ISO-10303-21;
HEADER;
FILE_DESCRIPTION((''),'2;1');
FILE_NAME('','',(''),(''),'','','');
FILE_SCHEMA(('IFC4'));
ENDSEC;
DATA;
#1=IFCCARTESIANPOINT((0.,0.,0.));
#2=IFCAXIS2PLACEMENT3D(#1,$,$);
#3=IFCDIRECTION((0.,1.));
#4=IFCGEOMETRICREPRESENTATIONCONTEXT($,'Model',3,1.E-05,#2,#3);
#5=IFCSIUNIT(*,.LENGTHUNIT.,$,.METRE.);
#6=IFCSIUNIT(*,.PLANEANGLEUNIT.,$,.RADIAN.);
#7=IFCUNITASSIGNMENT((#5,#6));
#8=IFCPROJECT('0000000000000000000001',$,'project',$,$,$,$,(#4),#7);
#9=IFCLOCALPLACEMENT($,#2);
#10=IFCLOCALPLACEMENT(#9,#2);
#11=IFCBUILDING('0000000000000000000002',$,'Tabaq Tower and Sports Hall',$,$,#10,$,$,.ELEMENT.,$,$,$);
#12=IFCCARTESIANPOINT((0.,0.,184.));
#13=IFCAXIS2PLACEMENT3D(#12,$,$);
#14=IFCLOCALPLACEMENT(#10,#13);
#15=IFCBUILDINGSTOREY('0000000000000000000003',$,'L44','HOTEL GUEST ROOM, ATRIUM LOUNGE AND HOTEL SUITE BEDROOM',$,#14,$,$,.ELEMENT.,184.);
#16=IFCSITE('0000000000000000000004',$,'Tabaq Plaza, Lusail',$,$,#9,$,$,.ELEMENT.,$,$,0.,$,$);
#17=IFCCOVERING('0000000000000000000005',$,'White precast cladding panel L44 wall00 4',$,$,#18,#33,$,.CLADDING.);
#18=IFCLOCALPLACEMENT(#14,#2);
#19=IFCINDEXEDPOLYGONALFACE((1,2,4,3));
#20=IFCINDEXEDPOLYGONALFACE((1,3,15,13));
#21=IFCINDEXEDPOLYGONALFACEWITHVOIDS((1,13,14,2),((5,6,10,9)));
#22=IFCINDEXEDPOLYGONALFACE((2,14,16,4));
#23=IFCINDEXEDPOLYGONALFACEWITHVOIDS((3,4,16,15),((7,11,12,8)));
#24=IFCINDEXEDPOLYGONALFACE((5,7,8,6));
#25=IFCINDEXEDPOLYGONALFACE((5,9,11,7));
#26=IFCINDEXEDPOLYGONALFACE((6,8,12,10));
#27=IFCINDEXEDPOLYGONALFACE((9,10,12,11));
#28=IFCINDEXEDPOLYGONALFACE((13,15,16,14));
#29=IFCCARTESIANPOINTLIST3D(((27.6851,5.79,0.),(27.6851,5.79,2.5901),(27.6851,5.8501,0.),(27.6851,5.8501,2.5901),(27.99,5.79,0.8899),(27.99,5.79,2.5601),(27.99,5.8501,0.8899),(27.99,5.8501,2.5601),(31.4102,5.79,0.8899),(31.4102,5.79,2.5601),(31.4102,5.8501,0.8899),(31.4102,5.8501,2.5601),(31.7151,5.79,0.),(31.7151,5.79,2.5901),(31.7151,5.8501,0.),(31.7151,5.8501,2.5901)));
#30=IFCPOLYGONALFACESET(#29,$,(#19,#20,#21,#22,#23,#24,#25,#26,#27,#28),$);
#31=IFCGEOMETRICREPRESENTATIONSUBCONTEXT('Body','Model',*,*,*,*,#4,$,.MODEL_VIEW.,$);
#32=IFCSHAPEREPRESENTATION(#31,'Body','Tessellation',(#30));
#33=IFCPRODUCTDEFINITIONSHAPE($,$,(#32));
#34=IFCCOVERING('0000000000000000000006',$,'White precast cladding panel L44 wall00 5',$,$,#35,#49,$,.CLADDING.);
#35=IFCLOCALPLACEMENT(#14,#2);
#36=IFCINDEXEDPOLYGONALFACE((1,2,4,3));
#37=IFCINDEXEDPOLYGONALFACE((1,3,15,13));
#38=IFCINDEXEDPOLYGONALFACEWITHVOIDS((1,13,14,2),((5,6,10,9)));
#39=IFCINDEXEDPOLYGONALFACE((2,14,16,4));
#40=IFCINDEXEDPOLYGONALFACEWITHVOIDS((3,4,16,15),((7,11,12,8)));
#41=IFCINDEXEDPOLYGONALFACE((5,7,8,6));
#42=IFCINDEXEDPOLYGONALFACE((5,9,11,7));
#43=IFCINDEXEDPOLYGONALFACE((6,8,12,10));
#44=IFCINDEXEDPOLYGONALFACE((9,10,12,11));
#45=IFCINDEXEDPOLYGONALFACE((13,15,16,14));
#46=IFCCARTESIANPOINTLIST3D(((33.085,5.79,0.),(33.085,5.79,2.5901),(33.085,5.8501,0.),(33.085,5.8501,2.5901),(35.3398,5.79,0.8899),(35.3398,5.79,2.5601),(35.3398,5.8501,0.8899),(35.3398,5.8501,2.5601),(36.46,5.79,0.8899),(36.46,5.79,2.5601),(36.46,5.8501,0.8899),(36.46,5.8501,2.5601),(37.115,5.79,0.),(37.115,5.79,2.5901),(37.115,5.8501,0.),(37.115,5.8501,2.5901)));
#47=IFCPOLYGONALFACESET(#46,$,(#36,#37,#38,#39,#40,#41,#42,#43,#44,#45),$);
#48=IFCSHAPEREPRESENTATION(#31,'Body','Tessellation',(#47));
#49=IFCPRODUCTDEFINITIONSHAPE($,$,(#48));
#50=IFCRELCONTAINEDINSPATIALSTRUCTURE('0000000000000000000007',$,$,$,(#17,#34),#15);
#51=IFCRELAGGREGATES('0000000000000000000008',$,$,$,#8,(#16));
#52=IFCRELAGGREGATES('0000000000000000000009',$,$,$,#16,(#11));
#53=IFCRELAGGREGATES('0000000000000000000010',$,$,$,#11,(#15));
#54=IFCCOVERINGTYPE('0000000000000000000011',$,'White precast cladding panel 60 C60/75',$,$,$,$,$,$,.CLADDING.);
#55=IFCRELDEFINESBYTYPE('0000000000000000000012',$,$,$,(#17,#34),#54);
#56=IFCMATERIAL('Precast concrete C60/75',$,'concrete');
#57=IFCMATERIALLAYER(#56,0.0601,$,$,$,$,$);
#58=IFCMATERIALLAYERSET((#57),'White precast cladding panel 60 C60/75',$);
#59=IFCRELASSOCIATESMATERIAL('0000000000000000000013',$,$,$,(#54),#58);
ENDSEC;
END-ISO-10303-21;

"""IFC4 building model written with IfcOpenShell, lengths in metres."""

from ifc_helpers import new_model, si_unit, direction, frame, origin, place, context, subcontext, project, spatial, polyline, outline, extrude, material, layer, layer_set, type_object, element, save


model = new_model("IFC4")

# Units and contexts
model_context = context("Model", 3, precision=1e-05, world=origin(), true_north=direction((0.0, 1.0)))
body_context = subcontext(model_context, "Body", "Model", "MODEL_VIEW")
ifc_project = project(units=[si_unit("LENGTHUNIT", "METRE"), si_unit("PLANEANGLEUNIT", "RADIAN")], contexts=[model_context])

# Site, building, storey
site_placement = place(None, origin())
site = spatial("IfcSite", under=ifc_project, at=site_placement, Name="Tabaq Plaza, Lusail", CompositionType="ELEMENT", RefElevation=0.0)
building_placement = place(site_placement, origin())
building = spatial("IfcBuilding", under=site, at=building_placement, Name="Tabaq Tower and Sports Hall", CompositionType="ELEMENT")
storey_placement = place(building_placement, frame((0.0, 0.0, 184.0)))
storey = spatial("IfcBuildingStorey", under=building, at=storey_placement, Name="L44", Description="HOTEL GUEST ROOM, ATRIUM LOUNGE AND HOTEL SUITE BEDROOM", CompositionType="ELEMENT", Elevation=184.0)

# Coverings
ifc_material_1 = material(Name="Precast concrete C60/75", Category="concrete")
ifc_layer_1 = layer(ifc_material_1, 0.0601)
ifc_layer_set_1 = layer_set([ifc_layer_1], Name="White precast cladding panel 60 C60/75")
covering_type = type_object("IfcCoveringType", Name="White precast cladding panel 60 C60/75", PredefinedType="CLADDING", material=ifc_layer_set_1)
covering_1_placement = place(storey_placement, frame((27.6851, 5.8201, 0.0), z_axis=(0.0, 0.0, 1.0), x_axis=(1.0, 0.0, 0.0)))
element("IfcCovering", 1, at=covering_1_placement, inside=storey, type_object=covering_type, Name="White precast cladding panel L44 wall00 4", PredefinedType="CLADDING", context=body_context, shape_type="SweptSolid", body=[
    extrude(outline(polyline([(0.0, 0.0), (4.03, 0.0), (4.03, 2.5901), (0.0, 2.5901), (0.0, 0.0)]), holes=[polyline([(3.7251, 0.8899), (0.3049, 0.8899), (0.3049, 2.5601), (3.7251, 2.5601), (3.7251, 0.8899)])]), frame((0.0, 0.03, 0.0), z_axis=(0.0, -1.0, 0.0), x_axis=(1.0, 0.0, 0.0)), (0.0, 0.0, 1.0), 0.0601),
])
covering_2_placement = place(storey_placement, frame((33.085, 5.8201, 0.0), z_axis=(0.0, 0.0, 1.0), x_axis=(1.0, 0.0, 0.0)))
element("IfcCovering", 2, at=covering_2_placement, inside=storey, type_object=covering_type, Name="White precast cladding panel L44 wall00 5", PredefinedType="CLADDING", context=body_context, shape_type="SweptSolid", body=[
    extrude(outline(polyline([(0.0, 0.0), (4.03, 0.0), (4.03, 2.5901), (0.0, 2.5901), (0.0, 0.0)]), holes=[polyline([(3.375, 0.8899), (2.2549, 0.8899), (2.2549, 2.5601), (3.375, 2.5601), (3.375, 0.8899)])]), frame((0.0, 0.03, 0.0), z_axis=(0.0, -1.0, 0.0), x_axis=(1.0, 0.0, 0.0)), (0.0, 0.0, 1.0), 0.0601),
])

save(model, "model.ifc")
